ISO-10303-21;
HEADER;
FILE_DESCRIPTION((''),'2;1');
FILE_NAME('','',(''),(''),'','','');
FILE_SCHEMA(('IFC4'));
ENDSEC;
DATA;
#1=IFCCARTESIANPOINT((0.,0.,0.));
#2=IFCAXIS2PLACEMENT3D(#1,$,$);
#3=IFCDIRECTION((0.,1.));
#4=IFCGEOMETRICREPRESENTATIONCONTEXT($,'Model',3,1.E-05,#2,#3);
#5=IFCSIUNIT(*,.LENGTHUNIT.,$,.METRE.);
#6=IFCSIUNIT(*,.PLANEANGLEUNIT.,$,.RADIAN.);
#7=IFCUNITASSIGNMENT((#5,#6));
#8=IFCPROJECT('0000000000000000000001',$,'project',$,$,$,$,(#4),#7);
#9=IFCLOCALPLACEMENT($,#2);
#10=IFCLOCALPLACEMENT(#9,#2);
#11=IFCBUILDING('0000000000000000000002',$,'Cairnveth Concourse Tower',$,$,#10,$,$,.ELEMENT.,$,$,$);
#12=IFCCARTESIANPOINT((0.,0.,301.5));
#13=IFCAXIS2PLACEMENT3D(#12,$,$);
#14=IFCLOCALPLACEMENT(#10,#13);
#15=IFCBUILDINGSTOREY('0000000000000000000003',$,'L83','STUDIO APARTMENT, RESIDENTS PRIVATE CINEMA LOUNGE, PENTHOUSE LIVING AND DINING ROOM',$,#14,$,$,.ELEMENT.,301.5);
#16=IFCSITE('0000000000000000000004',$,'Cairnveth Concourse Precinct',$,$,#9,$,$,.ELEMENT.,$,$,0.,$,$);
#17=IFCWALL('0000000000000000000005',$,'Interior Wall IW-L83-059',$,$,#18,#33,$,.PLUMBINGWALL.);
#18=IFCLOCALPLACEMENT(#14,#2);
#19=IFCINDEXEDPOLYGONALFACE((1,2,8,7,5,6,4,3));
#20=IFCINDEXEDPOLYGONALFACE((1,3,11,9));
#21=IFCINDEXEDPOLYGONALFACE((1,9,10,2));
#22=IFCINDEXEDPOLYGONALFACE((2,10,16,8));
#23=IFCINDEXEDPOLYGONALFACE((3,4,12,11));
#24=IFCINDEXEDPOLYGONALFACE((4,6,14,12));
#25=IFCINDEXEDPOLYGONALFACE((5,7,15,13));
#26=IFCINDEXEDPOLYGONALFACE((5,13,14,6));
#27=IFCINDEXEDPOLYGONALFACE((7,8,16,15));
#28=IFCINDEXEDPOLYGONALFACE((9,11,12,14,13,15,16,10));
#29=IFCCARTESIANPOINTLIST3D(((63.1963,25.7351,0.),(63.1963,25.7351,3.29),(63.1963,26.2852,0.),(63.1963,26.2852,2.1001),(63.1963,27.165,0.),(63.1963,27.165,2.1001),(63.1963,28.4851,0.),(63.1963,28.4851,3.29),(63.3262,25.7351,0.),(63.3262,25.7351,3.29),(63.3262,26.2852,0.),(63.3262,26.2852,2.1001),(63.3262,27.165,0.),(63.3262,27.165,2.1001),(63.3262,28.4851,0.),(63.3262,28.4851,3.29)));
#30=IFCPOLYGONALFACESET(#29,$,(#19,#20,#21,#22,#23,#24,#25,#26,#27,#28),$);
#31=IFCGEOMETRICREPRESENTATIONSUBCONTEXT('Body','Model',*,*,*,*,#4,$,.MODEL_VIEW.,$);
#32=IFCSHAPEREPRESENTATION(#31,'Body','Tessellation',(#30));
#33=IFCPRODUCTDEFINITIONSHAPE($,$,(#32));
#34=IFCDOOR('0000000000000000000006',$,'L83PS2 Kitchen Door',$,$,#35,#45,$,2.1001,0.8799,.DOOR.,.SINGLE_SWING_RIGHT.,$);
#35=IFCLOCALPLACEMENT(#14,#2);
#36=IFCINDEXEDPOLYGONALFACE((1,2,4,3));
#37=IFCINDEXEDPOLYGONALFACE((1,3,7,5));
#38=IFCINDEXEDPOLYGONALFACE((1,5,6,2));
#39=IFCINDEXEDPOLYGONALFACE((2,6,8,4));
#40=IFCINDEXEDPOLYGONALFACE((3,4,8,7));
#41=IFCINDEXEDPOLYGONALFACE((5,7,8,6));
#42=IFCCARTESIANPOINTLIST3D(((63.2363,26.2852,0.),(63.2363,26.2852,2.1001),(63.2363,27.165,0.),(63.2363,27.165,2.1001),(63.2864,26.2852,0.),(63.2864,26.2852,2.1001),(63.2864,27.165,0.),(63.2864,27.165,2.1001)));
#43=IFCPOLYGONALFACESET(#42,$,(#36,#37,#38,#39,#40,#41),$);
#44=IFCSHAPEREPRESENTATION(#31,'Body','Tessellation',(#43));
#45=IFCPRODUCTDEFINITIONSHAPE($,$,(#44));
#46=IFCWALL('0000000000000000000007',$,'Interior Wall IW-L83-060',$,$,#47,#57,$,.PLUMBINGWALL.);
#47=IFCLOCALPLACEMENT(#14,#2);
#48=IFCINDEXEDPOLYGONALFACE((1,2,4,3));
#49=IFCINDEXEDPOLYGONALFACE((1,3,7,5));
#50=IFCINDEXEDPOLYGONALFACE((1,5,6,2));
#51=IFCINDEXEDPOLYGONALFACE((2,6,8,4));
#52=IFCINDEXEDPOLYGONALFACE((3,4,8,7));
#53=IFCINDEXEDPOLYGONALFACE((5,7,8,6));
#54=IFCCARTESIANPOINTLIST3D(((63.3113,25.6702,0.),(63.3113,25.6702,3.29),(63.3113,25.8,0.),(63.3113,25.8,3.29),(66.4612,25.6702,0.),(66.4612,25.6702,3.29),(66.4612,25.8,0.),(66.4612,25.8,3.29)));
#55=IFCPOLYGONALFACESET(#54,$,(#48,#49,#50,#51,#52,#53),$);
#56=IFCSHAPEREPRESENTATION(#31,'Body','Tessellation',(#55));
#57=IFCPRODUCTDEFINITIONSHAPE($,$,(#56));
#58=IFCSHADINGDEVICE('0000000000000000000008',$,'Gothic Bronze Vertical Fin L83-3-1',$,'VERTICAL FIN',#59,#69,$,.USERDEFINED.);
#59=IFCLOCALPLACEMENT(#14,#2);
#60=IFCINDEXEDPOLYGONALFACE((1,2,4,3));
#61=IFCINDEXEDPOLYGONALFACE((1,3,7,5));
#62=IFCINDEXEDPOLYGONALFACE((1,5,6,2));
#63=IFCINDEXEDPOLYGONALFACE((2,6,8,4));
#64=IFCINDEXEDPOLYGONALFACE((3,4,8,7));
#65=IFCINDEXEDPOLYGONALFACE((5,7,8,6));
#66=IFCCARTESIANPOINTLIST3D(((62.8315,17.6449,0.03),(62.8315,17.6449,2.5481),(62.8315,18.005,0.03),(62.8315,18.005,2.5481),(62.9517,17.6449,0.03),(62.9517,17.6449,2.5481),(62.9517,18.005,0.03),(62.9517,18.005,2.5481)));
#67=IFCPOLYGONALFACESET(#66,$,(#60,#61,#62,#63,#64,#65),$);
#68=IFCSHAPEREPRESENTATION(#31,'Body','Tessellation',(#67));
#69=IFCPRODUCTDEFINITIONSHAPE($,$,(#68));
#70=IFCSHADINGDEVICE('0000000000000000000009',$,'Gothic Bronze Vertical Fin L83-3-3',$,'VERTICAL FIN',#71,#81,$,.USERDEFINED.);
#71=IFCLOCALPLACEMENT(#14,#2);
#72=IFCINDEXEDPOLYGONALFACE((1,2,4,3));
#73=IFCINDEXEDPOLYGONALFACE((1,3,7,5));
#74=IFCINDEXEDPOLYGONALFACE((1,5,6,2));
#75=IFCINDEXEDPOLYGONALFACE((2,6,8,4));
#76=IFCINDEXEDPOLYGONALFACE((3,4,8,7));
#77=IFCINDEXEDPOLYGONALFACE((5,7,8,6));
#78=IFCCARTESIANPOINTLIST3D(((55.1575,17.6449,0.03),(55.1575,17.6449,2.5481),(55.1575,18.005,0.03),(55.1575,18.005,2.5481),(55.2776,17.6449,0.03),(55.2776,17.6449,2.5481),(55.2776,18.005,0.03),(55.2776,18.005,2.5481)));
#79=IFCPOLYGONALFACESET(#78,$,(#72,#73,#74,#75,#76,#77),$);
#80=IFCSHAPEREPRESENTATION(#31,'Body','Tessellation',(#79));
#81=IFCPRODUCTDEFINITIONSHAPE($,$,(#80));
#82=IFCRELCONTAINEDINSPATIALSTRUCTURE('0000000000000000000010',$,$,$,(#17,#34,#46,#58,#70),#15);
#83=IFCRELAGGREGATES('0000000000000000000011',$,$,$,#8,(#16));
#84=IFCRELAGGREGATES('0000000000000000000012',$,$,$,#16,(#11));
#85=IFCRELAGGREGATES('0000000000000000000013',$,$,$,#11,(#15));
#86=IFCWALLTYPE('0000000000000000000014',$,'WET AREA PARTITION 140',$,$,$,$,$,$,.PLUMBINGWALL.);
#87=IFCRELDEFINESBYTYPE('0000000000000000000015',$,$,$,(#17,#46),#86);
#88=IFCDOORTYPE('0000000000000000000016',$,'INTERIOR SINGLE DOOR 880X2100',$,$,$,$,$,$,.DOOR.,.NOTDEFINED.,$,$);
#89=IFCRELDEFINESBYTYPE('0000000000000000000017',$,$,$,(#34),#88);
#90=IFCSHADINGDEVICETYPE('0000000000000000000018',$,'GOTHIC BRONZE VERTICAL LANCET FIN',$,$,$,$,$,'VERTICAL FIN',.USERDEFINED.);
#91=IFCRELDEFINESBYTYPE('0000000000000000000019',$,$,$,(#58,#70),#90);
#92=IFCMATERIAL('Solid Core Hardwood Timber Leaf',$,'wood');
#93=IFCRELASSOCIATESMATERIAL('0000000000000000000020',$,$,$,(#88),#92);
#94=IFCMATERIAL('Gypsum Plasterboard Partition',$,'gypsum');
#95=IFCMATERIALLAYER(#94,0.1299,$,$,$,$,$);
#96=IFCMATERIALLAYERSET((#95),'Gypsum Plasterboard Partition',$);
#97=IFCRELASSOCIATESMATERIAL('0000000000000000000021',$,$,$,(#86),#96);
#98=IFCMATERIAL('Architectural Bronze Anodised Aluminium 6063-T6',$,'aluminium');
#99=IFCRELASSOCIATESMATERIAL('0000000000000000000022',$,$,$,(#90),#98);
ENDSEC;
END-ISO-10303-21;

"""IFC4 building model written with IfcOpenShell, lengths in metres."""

from ifc_helpers import new_model, si_unit, direction, frame, frame_2d, origin, origin_2d, place, context, subcontext, project, spatial, rectangle, extrude, material, layer, layer_set, type_object, element, fill, save


model = new_model("IFC4")

# Units and contexts
model_context = context("Model", 3, precision=1e-05, world=origin(), true_north=direction((0.0, 1.0)))
body_context = subcontext(model_context, "Body", "Model", "MODEL_VIEW")
ifc_project = project(units=[si_unit("LENGTHUNIT", "METRE"), si_unit("PLANEANGLEUNIT", "RADIAN")], contexts=[model_context])

# Site, building, storey
site_placement = place(None, origin())
site = spatial("IfcSite", under=ifc_project, at=site_placement, Name="Cairnveth Concourse Precinct", CompositionType="ELEMENT", RefElevation=0.0)
building_placement = place(site_placement, origin())
building = spatial("IfcBuilding", under=site, at=building_placement, Name="Cairnveth Concourse Tower", CompositionType="ELEMENT")
storey_placement = place(building_placement, frame((0.0, 0.0, 301.5)))
storey = spatial("IfcBuildingStorey", under=building, at=storey_placement, Name="L83", Description="STUDIO APARTMENT, RESIDENTS PRIVATE CINEMA LOUNGE, PENTHOUSE LIVING AND DINING ROOM", CompositionType="ELEMENT", Elevation=301.5)

# Shared definitions
ifc_material_1 = material(Name="Gypsum Plasterboard Partition", Category="gypsum")
ifc_material_2 = material(Name="Solid Core Hardwood Timber Leaf", Category="wood")
door_type_1 = type_object("IfcDoorType", Name="INTERIOR SINGLE DOOR 880X2100", OperationType="NOTDEFINED", PredefinedType="DOOR", material=ifc_material_2)

# Shared definitions
ifc_layer_1 = layer(ifc_material_1, 0.1299)
ifc_layer_set_1 = layer_set([ifc_layer_1], Name="Gypsum Plasterboard Partition")
wall_type_1 = type_object("IfcWallType", Name="WET AREA PARTITION 140", PredefinedType="PLUMBINGWALL", material=ifc_layer_set_1)

# Wall, opening, door
wall_1_placement = place(storey_placement, frame((63.2612, 25.7351, 0.0), z_axis=(0.0, 0.0, 1.0), x_axis=(0.0, 1.0, 0.0)))
wall_1 = element("IfcWall", 1, at=wall_1_placement, inside=storey, type_object=wall_type_1, Name="Interior Wall IW-L83-059", PredefinedType="PLUMBINGWALL", context=body_context, shape_type="SweptSolid", body=[
    extrude(rectangle(XDim=2.75, YDim=0.1299, at=frame_2d((1.375, 0.0))), origin(), (0.0, 0.0, 1.0), 3.29),
])
opening_1_placement = place(wall_1_placement, frame((0.55, 0.0, 0.0)))
opening_1 = element("IfcOpeningElement", 2, at=opening_1_placement, cuts=wall_1, PredefinedType="OPENING", context=body_context, shape_type="SweptSolid", body=[
    extrude(rectangle(XDim=0.8799, YDim=2.1001, at=frame_2d((0.4399, 1.05))), frame((0.0, 0.075, 0.0), z_axis=(0.0, -1.0, 0.0), x_axis=(1.0, 0.0, 0.0)), (0.0, 0.0, 1.0), 0.1499),
])
door_1_placement = place(opening_1_placement, origin())
door_1 = element("IfcDoor", 3, at=door_1_placement, inside=storey, type_object=door_type_1, Name="L83PS2 Kitchen Door", OperationType="SINGLE_SWING_RIGHT", OverallHeight=2.1001, OverallWidth=0.8799, PredefinedType="DOOR", context=body_context, shape_type="SweptSolid", body=[
    extrude(rectangle(XDim=0.8799, YDim=2.1001, at=frame_2d((0.4399, 1.05))), frame((0.0, 0.0249, 0.0), z_axis=(0.0, -1.0, 0.0), x_axis=(1.0, 0.0, 0.0)), (0.0, 0.0, 1.0), 0.05),
])
fill(opening_1, door_1)

# Wall
wall_2_placement = place(storey_placement, frame((63.3113, 25.7351, 0.0), z_axis=(0.0, 0.0, 1.0), x_axis=(1.0, 0.0, 0.0)))
element("IfcWall", 4, at=wall_2_placement, inside=storey, type_object=wall_type_1, Name="Interior Wall IW-L83-060", PredefinedType="PLUMBINGWALL", context=body_context, shape_type="SweptSolid", body=[
    extrude(rectangle(XDim=3.1499, YDim=0.1299, at=frame_2d((1.575, 0.0))), origin(), (0.0, 0.0, 1.0), 3.29),
])

# Shading devices
ifc_material_3 = material(Name="Architectural Bronze Anodised Aluminium 6063-T6", Category="aluminium")
shading_device_type = type_object("IfcShadingDeviceType", Name="GOTHIC BRONZE VERTICAL LANCET FIN", ElementType="VERTICAL FIN", PredefinedType="USERDEFINED", material=ifc_material_3)
for number, where, z_axis, x_axis, name in (
    (5, (62.8916, 17.825, 0.03), (0.0, 0.0, 1.0), (1.0, 0.0, 0.0), "Gothic Bronze Vertical Fin L83-3-1"),
    (6, (55.2175, 17.825, 0.03), (0.0, 0.0, 1.0), (1.0, 0.0, 0.0), "Gothic Bronze Vertical Fin L83-3-3"),
):
    element("IfcShadingDevice", number, at=place(storey_placement, frame(where, z_axis=z_axis, x_axis=x_axis)), inside=storey, type_object=shading_device_type, Name=name, ObjectType="VERTICAL FIN", PredefinedType="USERDEFINED", context=body_context, shape_type="SweptSolid", body=[
        extrude(rectangle(XDim=0.1201, YDim=0.3601, at=origin_2d()), origin(), (0.0, 0.0, 1.0), 2.5181),
    ])

save(model, "model.ifc")
